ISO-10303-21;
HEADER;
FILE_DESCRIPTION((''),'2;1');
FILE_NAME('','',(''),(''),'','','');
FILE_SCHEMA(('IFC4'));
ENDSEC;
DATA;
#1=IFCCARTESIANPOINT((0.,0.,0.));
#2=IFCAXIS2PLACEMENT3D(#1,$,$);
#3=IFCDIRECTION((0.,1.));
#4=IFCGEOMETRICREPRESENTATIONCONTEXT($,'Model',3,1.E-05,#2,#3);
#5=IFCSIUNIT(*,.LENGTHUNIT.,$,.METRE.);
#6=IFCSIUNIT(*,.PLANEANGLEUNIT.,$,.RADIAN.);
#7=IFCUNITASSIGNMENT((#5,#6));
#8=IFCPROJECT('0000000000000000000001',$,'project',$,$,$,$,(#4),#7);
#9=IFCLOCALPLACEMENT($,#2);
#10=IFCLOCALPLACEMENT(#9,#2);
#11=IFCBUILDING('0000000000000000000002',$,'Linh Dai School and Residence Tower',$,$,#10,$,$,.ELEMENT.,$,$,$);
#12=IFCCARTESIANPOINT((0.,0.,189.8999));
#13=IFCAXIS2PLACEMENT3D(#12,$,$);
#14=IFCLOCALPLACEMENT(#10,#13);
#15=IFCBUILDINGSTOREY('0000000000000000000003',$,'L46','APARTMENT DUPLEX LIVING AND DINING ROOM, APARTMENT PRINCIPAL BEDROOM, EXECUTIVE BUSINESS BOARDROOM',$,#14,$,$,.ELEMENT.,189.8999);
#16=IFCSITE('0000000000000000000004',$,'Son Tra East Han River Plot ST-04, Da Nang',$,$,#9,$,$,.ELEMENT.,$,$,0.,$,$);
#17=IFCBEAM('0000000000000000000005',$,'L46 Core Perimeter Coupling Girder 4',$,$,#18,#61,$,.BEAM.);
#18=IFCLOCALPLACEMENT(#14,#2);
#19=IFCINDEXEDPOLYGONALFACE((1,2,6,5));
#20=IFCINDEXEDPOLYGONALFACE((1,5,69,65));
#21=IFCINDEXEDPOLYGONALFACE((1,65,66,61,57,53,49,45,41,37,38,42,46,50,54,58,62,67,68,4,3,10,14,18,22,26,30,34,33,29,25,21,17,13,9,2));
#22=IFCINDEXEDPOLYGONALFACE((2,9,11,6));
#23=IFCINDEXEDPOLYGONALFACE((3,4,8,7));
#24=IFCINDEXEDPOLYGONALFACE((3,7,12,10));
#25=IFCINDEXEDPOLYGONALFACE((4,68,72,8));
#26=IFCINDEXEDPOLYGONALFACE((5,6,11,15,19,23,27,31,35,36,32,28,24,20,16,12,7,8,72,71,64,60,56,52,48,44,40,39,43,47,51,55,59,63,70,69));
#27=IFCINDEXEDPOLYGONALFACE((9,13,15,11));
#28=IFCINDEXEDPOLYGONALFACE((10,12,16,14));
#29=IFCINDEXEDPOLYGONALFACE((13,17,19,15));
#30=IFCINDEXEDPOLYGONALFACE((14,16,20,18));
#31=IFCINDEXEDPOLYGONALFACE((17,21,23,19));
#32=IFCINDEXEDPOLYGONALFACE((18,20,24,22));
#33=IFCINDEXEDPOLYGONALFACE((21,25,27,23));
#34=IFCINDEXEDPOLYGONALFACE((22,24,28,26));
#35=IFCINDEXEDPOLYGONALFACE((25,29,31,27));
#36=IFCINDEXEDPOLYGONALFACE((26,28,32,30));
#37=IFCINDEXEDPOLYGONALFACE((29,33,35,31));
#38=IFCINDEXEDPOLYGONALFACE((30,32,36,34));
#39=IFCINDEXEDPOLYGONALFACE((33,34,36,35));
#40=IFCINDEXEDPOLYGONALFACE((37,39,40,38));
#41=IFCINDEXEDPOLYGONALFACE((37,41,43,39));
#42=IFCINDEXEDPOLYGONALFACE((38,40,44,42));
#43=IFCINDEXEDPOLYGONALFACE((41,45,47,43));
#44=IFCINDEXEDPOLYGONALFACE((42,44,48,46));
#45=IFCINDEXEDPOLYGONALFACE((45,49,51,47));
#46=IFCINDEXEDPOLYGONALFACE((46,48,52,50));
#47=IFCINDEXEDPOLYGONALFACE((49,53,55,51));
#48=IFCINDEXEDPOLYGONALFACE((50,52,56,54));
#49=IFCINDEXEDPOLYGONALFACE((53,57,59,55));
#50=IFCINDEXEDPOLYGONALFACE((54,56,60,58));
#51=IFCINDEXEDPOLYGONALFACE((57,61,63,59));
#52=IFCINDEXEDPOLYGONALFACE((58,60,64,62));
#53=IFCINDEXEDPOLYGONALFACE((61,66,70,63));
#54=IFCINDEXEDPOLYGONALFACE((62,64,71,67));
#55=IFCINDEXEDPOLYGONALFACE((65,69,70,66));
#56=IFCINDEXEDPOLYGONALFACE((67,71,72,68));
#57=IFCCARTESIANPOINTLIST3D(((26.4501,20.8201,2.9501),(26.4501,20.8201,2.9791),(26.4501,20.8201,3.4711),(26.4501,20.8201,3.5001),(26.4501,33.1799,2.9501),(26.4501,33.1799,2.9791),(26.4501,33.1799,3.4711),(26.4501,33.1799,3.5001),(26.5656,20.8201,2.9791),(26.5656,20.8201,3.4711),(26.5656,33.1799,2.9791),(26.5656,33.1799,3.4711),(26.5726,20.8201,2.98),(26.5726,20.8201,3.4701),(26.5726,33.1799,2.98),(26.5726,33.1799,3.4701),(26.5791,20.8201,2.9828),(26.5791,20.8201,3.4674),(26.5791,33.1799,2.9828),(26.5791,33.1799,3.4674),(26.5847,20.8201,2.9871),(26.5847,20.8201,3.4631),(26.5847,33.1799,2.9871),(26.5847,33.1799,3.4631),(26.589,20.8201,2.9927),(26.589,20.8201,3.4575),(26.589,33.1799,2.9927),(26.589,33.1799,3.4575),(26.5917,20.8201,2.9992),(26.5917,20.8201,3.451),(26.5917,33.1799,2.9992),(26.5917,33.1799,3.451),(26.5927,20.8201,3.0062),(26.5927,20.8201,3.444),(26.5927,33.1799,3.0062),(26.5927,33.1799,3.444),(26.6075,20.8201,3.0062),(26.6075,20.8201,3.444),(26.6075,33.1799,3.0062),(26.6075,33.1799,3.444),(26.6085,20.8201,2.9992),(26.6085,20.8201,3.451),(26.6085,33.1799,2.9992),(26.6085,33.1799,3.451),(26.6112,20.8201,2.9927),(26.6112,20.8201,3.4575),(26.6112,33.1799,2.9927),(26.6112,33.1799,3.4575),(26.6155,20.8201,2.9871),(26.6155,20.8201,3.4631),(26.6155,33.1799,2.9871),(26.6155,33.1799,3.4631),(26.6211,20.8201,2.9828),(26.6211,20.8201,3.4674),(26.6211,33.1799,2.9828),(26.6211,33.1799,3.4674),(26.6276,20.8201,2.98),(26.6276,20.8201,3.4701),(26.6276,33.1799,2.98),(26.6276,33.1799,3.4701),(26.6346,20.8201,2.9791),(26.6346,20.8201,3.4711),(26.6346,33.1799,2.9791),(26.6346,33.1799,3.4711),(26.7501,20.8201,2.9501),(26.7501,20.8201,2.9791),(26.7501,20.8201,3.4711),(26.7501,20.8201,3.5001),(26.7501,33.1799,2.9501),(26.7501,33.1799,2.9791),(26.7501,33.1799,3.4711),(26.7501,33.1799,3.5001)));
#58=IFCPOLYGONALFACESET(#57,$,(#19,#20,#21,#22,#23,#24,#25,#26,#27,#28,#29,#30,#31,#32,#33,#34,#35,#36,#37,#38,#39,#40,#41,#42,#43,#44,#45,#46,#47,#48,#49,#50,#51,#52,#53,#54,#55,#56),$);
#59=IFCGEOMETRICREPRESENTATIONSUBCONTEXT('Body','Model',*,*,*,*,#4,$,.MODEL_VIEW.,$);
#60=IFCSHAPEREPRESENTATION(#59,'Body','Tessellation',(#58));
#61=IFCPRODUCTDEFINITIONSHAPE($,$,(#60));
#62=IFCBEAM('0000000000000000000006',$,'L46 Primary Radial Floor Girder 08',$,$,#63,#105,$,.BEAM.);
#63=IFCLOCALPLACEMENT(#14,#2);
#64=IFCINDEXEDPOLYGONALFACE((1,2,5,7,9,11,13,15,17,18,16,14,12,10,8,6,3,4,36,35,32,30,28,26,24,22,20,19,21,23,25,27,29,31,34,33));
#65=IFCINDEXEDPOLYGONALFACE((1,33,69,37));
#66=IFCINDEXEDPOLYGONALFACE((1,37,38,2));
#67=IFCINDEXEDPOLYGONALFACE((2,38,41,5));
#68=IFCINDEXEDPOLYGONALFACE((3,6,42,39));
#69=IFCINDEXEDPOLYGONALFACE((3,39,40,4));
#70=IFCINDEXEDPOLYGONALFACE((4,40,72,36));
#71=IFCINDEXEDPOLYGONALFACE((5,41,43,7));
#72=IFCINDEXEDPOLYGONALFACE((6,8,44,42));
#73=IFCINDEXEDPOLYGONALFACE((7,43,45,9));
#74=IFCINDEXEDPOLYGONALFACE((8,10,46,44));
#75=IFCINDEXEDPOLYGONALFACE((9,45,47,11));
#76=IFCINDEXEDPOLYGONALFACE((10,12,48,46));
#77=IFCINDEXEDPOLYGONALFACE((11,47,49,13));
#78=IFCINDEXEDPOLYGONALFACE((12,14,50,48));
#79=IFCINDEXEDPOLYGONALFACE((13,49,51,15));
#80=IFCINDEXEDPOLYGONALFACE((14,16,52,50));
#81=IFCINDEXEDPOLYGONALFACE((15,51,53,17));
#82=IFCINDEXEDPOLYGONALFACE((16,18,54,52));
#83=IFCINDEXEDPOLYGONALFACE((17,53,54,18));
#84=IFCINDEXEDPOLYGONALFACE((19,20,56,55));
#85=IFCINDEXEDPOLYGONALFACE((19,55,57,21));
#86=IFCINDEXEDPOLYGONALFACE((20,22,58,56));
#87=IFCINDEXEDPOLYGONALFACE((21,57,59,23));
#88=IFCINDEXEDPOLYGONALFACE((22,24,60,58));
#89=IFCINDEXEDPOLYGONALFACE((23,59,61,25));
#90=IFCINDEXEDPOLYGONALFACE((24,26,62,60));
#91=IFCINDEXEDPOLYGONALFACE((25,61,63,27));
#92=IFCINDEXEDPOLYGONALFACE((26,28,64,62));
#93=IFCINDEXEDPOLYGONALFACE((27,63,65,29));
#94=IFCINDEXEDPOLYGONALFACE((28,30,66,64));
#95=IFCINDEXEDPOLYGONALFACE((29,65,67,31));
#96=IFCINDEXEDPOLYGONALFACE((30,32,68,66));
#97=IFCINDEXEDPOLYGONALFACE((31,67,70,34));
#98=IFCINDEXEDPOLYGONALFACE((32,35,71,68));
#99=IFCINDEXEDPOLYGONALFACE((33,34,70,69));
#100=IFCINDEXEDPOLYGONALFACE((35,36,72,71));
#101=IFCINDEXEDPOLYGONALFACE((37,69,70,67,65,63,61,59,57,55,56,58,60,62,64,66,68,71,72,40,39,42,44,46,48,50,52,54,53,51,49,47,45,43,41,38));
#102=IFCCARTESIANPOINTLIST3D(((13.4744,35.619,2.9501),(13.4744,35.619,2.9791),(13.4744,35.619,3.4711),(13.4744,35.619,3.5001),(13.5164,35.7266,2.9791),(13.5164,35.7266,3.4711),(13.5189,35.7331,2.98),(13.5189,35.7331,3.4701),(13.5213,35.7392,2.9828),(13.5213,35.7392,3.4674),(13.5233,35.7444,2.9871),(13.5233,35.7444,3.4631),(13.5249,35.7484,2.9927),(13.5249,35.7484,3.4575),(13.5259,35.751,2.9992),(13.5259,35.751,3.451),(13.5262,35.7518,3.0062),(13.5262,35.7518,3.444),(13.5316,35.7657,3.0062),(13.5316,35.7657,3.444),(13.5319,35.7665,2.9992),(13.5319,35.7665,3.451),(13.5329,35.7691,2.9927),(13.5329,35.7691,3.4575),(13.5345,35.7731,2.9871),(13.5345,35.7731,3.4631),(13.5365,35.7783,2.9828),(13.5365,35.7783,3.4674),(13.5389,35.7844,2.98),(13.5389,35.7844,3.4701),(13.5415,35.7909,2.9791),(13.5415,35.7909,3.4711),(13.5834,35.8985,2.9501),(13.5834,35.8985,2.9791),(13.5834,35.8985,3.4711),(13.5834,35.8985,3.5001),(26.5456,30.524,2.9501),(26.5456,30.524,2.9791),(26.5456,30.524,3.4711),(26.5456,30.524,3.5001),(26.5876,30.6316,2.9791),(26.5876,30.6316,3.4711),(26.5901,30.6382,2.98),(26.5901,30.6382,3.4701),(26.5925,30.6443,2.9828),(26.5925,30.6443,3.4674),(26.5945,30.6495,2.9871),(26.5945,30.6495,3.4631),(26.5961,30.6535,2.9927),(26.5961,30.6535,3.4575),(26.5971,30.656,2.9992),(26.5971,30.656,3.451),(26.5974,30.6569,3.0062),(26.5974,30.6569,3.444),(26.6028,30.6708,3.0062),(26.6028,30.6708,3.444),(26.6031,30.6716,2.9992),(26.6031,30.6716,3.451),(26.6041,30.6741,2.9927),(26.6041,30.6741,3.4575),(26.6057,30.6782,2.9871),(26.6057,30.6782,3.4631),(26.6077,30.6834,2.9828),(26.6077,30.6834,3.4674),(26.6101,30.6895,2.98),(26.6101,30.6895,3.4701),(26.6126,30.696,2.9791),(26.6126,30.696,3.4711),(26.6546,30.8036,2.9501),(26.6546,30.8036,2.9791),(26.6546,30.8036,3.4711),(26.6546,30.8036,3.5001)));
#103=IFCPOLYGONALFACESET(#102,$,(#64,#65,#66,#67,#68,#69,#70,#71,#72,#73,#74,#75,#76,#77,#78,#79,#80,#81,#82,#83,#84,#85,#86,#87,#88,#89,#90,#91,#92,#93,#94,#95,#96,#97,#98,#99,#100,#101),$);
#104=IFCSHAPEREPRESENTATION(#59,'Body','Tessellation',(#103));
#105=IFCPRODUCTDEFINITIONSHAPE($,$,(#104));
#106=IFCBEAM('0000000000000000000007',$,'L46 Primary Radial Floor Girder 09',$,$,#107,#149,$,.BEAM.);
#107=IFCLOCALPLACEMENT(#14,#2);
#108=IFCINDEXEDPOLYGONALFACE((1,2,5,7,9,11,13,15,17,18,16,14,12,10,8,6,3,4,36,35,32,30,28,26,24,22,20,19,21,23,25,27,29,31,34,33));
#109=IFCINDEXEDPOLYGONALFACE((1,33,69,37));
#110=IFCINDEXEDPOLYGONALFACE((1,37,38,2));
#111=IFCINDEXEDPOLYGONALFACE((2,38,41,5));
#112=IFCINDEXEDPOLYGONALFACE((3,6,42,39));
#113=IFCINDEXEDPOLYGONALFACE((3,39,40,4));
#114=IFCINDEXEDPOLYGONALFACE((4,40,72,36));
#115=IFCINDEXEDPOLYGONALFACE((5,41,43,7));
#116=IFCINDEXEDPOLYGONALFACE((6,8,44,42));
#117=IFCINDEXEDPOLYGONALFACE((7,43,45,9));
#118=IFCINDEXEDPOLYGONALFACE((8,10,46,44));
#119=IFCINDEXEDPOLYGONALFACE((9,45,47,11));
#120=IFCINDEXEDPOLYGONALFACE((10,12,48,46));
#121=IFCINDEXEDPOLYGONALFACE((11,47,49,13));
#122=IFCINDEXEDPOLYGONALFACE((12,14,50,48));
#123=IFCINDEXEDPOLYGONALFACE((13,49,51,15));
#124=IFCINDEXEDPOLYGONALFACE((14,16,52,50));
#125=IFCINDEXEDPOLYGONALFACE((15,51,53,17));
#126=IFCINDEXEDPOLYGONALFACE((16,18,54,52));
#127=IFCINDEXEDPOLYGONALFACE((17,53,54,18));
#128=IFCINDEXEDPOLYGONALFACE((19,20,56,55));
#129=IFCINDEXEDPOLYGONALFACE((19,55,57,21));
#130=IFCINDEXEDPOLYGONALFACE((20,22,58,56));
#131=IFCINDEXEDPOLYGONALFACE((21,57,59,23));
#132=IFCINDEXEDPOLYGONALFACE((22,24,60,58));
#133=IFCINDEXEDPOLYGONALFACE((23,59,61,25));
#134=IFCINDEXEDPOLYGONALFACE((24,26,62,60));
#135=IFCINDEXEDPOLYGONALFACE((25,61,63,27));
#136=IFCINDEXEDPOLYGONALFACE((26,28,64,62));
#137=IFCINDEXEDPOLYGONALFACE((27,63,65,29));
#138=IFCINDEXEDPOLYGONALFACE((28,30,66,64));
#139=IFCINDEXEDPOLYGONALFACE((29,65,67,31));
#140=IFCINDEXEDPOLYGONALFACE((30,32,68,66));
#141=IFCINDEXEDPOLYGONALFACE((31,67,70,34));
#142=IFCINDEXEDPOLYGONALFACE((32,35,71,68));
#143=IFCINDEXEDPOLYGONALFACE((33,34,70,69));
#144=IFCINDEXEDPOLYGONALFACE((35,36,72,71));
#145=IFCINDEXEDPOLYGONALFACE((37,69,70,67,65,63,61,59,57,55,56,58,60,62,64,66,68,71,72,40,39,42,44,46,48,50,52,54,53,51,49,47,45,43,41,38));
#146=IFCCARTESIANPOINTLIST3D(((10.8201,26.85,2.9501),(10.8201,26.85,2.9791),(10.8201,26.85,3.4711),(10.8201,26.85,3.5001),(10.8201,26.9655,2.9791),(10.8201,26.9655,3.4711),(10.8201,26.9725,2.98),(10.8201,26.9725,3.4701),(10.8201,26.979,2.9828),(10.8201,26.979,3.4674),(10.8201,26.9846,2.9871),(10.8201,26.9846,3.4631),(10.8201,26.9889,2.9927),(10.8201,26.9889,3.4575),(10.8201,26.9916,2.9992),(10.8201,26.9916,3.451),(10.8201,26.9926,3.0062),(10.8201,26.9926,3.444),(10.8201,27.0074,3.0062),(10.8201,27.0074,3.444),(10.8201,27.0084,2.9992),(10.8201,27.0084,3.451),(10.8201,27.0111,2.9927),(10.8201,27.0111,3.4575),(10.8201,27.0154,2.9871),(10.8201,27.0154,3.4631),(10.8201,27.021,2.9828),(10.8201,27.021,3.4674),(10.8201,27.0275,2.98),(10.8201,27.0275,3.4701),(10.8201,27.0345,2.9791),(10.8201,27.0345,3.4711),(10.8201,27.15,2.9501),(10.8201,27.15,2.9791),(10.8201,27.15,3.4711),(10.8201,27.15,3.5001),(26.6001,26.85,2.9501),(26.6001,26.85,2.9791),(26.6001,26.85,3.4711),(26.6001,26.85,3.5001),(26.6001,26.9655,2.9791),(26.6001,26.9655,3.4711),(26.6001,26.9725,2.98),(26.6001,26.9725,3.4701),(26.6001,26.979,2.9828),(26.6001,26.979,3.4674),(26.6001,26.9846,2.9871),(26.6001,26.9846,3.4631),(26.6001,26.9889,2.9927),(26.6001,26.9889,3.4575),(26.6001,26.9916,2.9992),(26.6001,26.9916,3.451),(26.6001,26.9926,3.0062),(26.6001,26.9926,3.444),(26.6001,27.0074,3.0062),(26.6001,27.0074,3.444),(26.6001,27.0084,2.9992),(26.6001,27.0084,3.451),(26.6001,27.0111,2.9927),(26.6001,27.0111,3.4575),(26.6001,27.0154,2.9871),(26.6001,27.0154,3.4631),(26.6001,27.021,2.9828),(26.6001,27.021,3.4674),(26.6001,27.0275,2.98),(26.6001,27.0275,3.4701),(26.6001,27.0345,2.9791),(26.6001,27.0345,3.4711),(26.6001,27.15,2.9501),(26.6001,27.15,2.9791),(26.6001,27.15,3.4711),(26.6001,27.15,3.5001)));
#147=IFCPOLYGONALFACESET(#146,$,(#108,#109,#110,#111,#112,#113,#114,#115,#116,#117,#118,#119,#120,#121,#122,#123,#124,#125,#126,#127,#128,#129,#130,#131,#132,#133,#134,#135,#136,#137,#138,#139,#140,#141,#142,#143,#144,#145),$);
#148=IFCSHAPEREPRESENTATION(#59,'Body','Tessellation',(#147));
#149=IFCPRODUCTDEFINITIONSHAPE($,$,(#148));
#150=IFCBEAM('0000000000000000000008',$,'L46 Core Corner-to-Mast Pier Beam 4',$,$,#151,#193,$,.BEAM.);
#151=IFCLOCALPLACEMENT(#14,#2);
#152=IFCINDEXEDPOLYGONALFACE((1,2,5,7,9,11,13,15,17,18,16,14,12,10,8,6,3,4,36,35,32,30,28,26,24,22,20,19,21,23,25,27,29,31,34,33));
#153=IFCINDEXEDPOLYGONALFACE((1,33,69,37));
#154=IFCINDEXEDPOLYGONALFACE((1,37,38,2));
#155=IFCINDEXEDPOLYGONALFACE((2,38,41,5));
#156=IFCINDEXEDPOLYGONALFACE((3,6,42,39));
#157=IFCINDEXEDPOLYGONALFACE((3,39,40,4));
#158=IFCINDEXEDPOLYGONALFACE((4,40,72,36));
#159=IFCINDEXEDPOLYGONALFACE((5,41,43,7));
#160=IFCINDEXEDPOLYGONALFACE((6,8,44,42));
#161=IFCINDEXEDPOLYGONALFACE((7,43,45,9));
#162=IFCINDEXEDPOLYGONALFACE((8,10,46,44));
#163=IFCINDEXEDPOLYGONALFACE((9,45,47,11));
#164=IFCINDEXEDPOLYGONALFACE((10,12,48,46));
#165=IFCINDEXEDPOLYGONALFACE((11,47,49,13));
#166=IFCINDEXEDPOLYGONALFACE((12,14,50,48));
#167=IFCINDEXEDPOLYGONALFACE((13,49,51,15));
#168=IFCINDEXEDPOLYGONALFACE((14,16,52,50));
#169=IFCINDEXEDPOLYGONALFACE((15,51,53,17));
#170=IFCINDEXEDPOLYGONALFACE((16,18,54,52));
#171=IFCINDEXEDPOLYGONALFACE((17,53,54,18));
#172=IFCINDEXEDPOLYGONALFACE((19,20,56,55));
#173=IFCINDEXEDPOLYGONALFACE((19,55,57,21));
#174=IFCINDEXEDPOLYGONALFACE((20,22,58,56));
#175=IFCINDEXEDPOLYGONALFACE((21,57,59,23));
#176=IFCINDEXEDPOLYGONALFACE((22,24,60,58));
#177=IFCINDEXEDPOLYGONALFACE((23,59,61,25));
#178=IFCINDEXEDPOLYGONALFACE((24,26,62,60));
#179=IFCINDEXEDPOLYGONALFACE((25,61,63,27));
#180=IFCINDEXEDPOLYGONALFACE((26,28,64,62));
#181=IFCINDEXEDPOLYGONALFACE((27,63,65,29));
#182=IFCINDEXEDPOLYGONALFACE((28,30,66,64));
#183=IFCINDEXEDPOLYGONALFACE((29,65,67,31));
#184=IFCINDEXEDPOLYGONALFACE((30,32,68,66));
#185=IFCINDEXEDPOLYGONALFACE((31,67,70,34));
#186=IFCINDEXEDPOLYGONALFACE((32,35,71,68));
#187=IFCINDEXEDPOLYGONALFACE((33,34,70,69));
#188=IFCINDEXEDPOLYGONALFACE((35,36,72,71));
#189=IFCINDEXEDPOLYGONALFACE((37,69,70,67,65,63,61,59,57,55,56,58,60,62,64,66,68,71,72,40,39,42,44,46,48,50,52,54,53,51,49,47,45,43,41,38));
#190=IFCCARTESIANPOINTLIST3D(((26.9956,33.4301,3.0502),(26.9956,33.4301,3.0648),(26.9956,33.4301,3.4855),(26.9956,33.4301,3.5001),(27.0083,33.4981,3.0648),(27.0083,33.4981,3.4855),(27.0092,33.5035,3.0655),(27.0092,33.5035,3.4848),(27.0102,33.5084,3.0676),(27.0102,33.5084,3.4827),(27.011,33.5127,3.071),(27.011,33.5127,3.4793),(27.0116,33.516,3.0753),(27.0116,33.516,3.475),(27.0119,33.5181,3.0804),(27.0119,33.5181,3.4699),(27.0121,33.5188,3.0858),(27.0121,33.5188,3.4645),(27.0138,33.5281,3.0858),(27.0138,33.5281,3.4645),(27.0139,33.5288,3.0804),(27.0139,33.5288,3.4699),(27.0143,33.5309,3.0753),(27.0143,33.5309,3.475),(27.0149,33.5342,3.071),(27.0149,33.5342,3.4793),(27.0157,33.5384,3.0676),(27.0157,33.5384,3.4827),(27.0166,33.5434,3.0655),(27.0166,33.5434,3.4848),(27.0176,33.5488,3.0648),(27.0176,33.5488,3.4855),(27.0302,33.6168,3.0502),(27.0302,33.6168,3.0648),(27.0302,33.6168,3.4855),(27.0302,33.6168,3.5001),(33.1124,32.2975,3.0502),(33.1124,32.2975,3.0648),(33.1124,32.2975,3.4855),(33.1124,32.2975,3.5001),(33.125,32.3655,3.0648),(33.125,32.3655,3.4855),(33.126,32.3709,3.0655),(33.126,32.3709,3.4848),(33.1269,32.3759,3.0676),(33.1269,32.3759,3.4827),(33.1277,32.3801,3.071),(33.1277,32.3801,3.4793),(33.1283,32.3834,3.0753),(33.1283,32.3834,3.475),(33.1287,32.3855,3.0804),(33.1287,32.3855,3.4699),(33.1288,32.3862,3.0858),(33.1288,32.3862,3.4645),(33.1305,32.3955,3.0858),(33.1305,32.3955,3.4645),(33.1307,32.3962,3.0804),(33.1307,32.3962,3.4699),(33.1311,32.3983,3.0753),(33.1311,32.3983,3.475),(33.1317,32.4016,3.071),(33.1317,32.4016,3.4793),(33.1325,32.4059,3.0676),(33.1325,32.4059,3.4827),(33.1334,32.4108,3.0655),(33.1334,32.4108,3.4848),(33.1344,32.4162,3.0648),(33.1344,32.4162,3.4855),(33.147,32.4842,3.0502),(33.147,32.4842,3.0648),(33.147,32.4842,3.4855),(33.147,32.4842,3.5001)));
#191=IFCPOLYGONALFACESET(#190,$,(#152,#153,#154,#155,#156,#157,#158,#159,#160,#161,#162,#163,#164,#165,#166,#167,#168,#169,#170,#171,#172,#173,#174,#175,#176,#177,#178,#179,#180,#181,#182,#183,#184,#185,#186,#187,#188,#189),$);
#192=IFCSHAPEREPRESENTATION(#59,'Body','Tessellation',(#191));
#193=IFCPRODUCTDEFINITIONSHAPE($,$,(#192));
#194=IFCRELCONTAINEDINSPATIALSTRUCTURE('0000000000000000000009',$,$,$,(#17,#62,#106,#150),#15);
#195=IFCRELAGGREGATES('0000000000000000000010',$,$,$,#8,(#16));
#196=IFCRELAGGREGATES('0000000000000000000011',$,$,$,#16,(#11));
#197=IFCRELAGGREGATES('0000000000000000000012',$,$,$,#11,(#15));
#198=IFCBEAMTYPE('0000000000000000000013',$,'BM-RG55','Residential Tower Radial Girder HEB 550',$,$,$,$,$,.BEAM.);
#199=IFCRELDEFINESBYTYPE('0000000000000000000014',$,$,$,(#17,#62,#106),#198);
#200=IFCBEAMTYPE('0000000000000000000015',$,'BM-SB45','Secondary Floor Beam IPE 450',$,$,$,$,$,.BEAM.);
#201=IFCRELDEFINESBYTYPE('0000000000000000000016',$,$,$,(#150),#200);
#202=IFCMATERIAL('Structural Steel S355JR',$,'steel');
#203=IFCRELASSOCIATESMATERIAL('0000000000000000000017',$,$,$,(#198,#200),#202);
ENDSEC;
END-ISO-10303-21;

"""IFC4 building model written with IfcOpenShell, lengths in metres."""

from ifc_helpers import new_model, si_unit, direction, frame, origin, origin_2d, place, context, subcontext, project, spatial, i_section, extrude, material, material_profile, profile_set, type_object, element, save


model = new_model("IFC4")

# Units and contexts
model_context = context("Model", 3, precision=1e-05, world=origin(), true_north=direction((0.0, 1.0)))
body_context = subcontext(model_context, "Body", "Model", "MODEL_VIEW")
ifc_project = project(units=[si_unit("LENGTHUNIT", "METRE"), si_unit("PLANEANGLEUNIT", "RADIAN")], contexts=[model_context])

# Site, building, storey
site_placement = place(None, origin())
site = spatial("IfcSite", under=ifc_project, at=site_placement, Name="Son Tra East Han River Plot ST-04, Da Nang", CompositionType="ELEMENT", RefElevation=0.0)
building_placement = place(site_placement, origin())
building = spatial("IfcBuilding", under=site, at=building_placement, Name="Linh Dai School and Residence Tower", CompositionType="ELEMENT")
storey_placement = place(building_placement, frame((0.0, 0.0, 189.8999)))
storey = spatial("IfcBuildingStorey", under=building, at=storey_placement, Name="L46", Description="APARTMENT DUPLEX LIVING AND DINING ROOM, APARTMENT PRINCIPAL BEDROOM, EXECUTIVE BUSINESS BOARDROOM", CompositionType="ELEMENT", Elevation=189.8999)

# Shared definitions
ifc_material_1 = material(Name="Structural Steel S355JR", Category="steel")

# Beams
ifc_material_profile_1 = material_profile(ifc_material_1, i_section(OverallWidth=0.3, OverallDepth=0.55, WebThickness=0.0149, FlangeThickness=0.0291, FilletRadius=0.0271, at=origin_2d()), Name="HEB 550")
ifc_profile_set_1 = profile_set([ifc_material_profile_1], Name="Structural Steel S355JR")
beam_type_1 = type_object("IfcBeamType", Name="BM-RG55", Description="Residential Tower Radial Girder HEB 550", PredefinedType="BEAM", material=ifc_profile_set_1)
beam_1_placement = place(storey_placement, frame((26.6001, 33.1799, 3.2251), z_axis=(0.0, -1.0, 0.0), x_axis=(1.0, 0.0, 0.0)))
element("IfcBeam", 1, at=beam_1_placement, inside=storey, type_object=beam_type_1, Name="L46 Core Perimeter Coupling Girder 4", PredefinedType="BEAM", context=body_context, shape_type="SweptSolid", body=[
    extrude(i_section(OverallWidth=0.3, OverallDepth=0.55, WebThickness=0.0149, FlangeThickness=0.0291, FilletRadius=0.0271, at=origin_2d()), origin(), (0.0, 0.0, 1.0), 12.3599),
])
beam_2_placement = place(storey_placement, frame((26.6001, 30.6638, 3.2251), z_axis=(-0.931723, 0.36317, 0.0), x_axis=(-0.36317, -0.931723, 0.0)))
element("IfcBeam", 2, at=beam_2_placement, inside=storey, type_object=beam_type_1, Name="L46 Primary Radial Floor Girder 08", PredefinedType="BEAM", context=body_context, shape_type="SweptSolid", body=[
    extrude(i_section(OverallWidth=0.3, OverallDepth=0.55, WebThickness=0.0149, FlangeThickness=0.0291, FilletRadius=0.0271, at=origin_2d()), origin(), (0.0, 0.0, 1.0), 14.0291),
])
beam_3_placement = place(storey_placement, frame((26.6001, 27.0, 3.2251), z_axis=(-1.0, 0.0, 0.0), x_axis=(0.0, -1.0, 0.0)))
element("IfcBeam", 3, at=beam_3_placement, inside=storey, type_object=beam_type_1, Name="L46 Primary Radial Floor Girder 09", PredefinedType="BEAM", context=body_context, shape_type="SweptSolid", body=[
    extrude(i_section(OverallWidth=0.3, OverallDepth=0.55, WebThickness=0.0149, FlangeThickness=0.0291, FilletRadius=0.0271, at=origin_2d()), origin(), (0.0, 0.0, 1.0), 15.78),
])
ifc_material_profile_2 = material_profile(ifc_material_1, i_section(OverallWidth=0.1899, OverallDepth=0.45, WebThickness=0.0095, FlangeThickness=0.0146, FilletRadius=0.021, at=origin_2d()), Name="IPE 450")
ifc_profile_set_2 = profile_set([ifc_material_profile_2], Name="Structural Steel S355JR")
beam_type_2 = type_object("IfcBeamType", Name="BM-SB45", Description="Secondary Floor Beam IPE 450", PredefinedType="BEAM", material=ifc_profile_set_2)
beam_4_placement = place(storey_placement, frame((27.0129, 33.5234, 3.2751), z_axis=(0.983286, -0.182065, 0.0), x_axis=(0.182065, 0.983286, 0.0)))
element("IfcBeam", 4, at=beam_4_placement, inside=storey, type_object=beam_type_2, Name="L46 Core Corner-to-Mast Pier Beam 4", PredefinedType="BEAM", context=body_context, shape_type="SweptSolid", body=[
    extrude(i_section(OverallWidth=0.1899, OverallDepth=0.45, WebThickness=0.0095, FlangeThickness=0.0146, FilletRadius=0.021, at=origin_2d()), origin(), (0.0, 0.0, 1.0), 6.2207),
])

save(model, "model.ifc")
